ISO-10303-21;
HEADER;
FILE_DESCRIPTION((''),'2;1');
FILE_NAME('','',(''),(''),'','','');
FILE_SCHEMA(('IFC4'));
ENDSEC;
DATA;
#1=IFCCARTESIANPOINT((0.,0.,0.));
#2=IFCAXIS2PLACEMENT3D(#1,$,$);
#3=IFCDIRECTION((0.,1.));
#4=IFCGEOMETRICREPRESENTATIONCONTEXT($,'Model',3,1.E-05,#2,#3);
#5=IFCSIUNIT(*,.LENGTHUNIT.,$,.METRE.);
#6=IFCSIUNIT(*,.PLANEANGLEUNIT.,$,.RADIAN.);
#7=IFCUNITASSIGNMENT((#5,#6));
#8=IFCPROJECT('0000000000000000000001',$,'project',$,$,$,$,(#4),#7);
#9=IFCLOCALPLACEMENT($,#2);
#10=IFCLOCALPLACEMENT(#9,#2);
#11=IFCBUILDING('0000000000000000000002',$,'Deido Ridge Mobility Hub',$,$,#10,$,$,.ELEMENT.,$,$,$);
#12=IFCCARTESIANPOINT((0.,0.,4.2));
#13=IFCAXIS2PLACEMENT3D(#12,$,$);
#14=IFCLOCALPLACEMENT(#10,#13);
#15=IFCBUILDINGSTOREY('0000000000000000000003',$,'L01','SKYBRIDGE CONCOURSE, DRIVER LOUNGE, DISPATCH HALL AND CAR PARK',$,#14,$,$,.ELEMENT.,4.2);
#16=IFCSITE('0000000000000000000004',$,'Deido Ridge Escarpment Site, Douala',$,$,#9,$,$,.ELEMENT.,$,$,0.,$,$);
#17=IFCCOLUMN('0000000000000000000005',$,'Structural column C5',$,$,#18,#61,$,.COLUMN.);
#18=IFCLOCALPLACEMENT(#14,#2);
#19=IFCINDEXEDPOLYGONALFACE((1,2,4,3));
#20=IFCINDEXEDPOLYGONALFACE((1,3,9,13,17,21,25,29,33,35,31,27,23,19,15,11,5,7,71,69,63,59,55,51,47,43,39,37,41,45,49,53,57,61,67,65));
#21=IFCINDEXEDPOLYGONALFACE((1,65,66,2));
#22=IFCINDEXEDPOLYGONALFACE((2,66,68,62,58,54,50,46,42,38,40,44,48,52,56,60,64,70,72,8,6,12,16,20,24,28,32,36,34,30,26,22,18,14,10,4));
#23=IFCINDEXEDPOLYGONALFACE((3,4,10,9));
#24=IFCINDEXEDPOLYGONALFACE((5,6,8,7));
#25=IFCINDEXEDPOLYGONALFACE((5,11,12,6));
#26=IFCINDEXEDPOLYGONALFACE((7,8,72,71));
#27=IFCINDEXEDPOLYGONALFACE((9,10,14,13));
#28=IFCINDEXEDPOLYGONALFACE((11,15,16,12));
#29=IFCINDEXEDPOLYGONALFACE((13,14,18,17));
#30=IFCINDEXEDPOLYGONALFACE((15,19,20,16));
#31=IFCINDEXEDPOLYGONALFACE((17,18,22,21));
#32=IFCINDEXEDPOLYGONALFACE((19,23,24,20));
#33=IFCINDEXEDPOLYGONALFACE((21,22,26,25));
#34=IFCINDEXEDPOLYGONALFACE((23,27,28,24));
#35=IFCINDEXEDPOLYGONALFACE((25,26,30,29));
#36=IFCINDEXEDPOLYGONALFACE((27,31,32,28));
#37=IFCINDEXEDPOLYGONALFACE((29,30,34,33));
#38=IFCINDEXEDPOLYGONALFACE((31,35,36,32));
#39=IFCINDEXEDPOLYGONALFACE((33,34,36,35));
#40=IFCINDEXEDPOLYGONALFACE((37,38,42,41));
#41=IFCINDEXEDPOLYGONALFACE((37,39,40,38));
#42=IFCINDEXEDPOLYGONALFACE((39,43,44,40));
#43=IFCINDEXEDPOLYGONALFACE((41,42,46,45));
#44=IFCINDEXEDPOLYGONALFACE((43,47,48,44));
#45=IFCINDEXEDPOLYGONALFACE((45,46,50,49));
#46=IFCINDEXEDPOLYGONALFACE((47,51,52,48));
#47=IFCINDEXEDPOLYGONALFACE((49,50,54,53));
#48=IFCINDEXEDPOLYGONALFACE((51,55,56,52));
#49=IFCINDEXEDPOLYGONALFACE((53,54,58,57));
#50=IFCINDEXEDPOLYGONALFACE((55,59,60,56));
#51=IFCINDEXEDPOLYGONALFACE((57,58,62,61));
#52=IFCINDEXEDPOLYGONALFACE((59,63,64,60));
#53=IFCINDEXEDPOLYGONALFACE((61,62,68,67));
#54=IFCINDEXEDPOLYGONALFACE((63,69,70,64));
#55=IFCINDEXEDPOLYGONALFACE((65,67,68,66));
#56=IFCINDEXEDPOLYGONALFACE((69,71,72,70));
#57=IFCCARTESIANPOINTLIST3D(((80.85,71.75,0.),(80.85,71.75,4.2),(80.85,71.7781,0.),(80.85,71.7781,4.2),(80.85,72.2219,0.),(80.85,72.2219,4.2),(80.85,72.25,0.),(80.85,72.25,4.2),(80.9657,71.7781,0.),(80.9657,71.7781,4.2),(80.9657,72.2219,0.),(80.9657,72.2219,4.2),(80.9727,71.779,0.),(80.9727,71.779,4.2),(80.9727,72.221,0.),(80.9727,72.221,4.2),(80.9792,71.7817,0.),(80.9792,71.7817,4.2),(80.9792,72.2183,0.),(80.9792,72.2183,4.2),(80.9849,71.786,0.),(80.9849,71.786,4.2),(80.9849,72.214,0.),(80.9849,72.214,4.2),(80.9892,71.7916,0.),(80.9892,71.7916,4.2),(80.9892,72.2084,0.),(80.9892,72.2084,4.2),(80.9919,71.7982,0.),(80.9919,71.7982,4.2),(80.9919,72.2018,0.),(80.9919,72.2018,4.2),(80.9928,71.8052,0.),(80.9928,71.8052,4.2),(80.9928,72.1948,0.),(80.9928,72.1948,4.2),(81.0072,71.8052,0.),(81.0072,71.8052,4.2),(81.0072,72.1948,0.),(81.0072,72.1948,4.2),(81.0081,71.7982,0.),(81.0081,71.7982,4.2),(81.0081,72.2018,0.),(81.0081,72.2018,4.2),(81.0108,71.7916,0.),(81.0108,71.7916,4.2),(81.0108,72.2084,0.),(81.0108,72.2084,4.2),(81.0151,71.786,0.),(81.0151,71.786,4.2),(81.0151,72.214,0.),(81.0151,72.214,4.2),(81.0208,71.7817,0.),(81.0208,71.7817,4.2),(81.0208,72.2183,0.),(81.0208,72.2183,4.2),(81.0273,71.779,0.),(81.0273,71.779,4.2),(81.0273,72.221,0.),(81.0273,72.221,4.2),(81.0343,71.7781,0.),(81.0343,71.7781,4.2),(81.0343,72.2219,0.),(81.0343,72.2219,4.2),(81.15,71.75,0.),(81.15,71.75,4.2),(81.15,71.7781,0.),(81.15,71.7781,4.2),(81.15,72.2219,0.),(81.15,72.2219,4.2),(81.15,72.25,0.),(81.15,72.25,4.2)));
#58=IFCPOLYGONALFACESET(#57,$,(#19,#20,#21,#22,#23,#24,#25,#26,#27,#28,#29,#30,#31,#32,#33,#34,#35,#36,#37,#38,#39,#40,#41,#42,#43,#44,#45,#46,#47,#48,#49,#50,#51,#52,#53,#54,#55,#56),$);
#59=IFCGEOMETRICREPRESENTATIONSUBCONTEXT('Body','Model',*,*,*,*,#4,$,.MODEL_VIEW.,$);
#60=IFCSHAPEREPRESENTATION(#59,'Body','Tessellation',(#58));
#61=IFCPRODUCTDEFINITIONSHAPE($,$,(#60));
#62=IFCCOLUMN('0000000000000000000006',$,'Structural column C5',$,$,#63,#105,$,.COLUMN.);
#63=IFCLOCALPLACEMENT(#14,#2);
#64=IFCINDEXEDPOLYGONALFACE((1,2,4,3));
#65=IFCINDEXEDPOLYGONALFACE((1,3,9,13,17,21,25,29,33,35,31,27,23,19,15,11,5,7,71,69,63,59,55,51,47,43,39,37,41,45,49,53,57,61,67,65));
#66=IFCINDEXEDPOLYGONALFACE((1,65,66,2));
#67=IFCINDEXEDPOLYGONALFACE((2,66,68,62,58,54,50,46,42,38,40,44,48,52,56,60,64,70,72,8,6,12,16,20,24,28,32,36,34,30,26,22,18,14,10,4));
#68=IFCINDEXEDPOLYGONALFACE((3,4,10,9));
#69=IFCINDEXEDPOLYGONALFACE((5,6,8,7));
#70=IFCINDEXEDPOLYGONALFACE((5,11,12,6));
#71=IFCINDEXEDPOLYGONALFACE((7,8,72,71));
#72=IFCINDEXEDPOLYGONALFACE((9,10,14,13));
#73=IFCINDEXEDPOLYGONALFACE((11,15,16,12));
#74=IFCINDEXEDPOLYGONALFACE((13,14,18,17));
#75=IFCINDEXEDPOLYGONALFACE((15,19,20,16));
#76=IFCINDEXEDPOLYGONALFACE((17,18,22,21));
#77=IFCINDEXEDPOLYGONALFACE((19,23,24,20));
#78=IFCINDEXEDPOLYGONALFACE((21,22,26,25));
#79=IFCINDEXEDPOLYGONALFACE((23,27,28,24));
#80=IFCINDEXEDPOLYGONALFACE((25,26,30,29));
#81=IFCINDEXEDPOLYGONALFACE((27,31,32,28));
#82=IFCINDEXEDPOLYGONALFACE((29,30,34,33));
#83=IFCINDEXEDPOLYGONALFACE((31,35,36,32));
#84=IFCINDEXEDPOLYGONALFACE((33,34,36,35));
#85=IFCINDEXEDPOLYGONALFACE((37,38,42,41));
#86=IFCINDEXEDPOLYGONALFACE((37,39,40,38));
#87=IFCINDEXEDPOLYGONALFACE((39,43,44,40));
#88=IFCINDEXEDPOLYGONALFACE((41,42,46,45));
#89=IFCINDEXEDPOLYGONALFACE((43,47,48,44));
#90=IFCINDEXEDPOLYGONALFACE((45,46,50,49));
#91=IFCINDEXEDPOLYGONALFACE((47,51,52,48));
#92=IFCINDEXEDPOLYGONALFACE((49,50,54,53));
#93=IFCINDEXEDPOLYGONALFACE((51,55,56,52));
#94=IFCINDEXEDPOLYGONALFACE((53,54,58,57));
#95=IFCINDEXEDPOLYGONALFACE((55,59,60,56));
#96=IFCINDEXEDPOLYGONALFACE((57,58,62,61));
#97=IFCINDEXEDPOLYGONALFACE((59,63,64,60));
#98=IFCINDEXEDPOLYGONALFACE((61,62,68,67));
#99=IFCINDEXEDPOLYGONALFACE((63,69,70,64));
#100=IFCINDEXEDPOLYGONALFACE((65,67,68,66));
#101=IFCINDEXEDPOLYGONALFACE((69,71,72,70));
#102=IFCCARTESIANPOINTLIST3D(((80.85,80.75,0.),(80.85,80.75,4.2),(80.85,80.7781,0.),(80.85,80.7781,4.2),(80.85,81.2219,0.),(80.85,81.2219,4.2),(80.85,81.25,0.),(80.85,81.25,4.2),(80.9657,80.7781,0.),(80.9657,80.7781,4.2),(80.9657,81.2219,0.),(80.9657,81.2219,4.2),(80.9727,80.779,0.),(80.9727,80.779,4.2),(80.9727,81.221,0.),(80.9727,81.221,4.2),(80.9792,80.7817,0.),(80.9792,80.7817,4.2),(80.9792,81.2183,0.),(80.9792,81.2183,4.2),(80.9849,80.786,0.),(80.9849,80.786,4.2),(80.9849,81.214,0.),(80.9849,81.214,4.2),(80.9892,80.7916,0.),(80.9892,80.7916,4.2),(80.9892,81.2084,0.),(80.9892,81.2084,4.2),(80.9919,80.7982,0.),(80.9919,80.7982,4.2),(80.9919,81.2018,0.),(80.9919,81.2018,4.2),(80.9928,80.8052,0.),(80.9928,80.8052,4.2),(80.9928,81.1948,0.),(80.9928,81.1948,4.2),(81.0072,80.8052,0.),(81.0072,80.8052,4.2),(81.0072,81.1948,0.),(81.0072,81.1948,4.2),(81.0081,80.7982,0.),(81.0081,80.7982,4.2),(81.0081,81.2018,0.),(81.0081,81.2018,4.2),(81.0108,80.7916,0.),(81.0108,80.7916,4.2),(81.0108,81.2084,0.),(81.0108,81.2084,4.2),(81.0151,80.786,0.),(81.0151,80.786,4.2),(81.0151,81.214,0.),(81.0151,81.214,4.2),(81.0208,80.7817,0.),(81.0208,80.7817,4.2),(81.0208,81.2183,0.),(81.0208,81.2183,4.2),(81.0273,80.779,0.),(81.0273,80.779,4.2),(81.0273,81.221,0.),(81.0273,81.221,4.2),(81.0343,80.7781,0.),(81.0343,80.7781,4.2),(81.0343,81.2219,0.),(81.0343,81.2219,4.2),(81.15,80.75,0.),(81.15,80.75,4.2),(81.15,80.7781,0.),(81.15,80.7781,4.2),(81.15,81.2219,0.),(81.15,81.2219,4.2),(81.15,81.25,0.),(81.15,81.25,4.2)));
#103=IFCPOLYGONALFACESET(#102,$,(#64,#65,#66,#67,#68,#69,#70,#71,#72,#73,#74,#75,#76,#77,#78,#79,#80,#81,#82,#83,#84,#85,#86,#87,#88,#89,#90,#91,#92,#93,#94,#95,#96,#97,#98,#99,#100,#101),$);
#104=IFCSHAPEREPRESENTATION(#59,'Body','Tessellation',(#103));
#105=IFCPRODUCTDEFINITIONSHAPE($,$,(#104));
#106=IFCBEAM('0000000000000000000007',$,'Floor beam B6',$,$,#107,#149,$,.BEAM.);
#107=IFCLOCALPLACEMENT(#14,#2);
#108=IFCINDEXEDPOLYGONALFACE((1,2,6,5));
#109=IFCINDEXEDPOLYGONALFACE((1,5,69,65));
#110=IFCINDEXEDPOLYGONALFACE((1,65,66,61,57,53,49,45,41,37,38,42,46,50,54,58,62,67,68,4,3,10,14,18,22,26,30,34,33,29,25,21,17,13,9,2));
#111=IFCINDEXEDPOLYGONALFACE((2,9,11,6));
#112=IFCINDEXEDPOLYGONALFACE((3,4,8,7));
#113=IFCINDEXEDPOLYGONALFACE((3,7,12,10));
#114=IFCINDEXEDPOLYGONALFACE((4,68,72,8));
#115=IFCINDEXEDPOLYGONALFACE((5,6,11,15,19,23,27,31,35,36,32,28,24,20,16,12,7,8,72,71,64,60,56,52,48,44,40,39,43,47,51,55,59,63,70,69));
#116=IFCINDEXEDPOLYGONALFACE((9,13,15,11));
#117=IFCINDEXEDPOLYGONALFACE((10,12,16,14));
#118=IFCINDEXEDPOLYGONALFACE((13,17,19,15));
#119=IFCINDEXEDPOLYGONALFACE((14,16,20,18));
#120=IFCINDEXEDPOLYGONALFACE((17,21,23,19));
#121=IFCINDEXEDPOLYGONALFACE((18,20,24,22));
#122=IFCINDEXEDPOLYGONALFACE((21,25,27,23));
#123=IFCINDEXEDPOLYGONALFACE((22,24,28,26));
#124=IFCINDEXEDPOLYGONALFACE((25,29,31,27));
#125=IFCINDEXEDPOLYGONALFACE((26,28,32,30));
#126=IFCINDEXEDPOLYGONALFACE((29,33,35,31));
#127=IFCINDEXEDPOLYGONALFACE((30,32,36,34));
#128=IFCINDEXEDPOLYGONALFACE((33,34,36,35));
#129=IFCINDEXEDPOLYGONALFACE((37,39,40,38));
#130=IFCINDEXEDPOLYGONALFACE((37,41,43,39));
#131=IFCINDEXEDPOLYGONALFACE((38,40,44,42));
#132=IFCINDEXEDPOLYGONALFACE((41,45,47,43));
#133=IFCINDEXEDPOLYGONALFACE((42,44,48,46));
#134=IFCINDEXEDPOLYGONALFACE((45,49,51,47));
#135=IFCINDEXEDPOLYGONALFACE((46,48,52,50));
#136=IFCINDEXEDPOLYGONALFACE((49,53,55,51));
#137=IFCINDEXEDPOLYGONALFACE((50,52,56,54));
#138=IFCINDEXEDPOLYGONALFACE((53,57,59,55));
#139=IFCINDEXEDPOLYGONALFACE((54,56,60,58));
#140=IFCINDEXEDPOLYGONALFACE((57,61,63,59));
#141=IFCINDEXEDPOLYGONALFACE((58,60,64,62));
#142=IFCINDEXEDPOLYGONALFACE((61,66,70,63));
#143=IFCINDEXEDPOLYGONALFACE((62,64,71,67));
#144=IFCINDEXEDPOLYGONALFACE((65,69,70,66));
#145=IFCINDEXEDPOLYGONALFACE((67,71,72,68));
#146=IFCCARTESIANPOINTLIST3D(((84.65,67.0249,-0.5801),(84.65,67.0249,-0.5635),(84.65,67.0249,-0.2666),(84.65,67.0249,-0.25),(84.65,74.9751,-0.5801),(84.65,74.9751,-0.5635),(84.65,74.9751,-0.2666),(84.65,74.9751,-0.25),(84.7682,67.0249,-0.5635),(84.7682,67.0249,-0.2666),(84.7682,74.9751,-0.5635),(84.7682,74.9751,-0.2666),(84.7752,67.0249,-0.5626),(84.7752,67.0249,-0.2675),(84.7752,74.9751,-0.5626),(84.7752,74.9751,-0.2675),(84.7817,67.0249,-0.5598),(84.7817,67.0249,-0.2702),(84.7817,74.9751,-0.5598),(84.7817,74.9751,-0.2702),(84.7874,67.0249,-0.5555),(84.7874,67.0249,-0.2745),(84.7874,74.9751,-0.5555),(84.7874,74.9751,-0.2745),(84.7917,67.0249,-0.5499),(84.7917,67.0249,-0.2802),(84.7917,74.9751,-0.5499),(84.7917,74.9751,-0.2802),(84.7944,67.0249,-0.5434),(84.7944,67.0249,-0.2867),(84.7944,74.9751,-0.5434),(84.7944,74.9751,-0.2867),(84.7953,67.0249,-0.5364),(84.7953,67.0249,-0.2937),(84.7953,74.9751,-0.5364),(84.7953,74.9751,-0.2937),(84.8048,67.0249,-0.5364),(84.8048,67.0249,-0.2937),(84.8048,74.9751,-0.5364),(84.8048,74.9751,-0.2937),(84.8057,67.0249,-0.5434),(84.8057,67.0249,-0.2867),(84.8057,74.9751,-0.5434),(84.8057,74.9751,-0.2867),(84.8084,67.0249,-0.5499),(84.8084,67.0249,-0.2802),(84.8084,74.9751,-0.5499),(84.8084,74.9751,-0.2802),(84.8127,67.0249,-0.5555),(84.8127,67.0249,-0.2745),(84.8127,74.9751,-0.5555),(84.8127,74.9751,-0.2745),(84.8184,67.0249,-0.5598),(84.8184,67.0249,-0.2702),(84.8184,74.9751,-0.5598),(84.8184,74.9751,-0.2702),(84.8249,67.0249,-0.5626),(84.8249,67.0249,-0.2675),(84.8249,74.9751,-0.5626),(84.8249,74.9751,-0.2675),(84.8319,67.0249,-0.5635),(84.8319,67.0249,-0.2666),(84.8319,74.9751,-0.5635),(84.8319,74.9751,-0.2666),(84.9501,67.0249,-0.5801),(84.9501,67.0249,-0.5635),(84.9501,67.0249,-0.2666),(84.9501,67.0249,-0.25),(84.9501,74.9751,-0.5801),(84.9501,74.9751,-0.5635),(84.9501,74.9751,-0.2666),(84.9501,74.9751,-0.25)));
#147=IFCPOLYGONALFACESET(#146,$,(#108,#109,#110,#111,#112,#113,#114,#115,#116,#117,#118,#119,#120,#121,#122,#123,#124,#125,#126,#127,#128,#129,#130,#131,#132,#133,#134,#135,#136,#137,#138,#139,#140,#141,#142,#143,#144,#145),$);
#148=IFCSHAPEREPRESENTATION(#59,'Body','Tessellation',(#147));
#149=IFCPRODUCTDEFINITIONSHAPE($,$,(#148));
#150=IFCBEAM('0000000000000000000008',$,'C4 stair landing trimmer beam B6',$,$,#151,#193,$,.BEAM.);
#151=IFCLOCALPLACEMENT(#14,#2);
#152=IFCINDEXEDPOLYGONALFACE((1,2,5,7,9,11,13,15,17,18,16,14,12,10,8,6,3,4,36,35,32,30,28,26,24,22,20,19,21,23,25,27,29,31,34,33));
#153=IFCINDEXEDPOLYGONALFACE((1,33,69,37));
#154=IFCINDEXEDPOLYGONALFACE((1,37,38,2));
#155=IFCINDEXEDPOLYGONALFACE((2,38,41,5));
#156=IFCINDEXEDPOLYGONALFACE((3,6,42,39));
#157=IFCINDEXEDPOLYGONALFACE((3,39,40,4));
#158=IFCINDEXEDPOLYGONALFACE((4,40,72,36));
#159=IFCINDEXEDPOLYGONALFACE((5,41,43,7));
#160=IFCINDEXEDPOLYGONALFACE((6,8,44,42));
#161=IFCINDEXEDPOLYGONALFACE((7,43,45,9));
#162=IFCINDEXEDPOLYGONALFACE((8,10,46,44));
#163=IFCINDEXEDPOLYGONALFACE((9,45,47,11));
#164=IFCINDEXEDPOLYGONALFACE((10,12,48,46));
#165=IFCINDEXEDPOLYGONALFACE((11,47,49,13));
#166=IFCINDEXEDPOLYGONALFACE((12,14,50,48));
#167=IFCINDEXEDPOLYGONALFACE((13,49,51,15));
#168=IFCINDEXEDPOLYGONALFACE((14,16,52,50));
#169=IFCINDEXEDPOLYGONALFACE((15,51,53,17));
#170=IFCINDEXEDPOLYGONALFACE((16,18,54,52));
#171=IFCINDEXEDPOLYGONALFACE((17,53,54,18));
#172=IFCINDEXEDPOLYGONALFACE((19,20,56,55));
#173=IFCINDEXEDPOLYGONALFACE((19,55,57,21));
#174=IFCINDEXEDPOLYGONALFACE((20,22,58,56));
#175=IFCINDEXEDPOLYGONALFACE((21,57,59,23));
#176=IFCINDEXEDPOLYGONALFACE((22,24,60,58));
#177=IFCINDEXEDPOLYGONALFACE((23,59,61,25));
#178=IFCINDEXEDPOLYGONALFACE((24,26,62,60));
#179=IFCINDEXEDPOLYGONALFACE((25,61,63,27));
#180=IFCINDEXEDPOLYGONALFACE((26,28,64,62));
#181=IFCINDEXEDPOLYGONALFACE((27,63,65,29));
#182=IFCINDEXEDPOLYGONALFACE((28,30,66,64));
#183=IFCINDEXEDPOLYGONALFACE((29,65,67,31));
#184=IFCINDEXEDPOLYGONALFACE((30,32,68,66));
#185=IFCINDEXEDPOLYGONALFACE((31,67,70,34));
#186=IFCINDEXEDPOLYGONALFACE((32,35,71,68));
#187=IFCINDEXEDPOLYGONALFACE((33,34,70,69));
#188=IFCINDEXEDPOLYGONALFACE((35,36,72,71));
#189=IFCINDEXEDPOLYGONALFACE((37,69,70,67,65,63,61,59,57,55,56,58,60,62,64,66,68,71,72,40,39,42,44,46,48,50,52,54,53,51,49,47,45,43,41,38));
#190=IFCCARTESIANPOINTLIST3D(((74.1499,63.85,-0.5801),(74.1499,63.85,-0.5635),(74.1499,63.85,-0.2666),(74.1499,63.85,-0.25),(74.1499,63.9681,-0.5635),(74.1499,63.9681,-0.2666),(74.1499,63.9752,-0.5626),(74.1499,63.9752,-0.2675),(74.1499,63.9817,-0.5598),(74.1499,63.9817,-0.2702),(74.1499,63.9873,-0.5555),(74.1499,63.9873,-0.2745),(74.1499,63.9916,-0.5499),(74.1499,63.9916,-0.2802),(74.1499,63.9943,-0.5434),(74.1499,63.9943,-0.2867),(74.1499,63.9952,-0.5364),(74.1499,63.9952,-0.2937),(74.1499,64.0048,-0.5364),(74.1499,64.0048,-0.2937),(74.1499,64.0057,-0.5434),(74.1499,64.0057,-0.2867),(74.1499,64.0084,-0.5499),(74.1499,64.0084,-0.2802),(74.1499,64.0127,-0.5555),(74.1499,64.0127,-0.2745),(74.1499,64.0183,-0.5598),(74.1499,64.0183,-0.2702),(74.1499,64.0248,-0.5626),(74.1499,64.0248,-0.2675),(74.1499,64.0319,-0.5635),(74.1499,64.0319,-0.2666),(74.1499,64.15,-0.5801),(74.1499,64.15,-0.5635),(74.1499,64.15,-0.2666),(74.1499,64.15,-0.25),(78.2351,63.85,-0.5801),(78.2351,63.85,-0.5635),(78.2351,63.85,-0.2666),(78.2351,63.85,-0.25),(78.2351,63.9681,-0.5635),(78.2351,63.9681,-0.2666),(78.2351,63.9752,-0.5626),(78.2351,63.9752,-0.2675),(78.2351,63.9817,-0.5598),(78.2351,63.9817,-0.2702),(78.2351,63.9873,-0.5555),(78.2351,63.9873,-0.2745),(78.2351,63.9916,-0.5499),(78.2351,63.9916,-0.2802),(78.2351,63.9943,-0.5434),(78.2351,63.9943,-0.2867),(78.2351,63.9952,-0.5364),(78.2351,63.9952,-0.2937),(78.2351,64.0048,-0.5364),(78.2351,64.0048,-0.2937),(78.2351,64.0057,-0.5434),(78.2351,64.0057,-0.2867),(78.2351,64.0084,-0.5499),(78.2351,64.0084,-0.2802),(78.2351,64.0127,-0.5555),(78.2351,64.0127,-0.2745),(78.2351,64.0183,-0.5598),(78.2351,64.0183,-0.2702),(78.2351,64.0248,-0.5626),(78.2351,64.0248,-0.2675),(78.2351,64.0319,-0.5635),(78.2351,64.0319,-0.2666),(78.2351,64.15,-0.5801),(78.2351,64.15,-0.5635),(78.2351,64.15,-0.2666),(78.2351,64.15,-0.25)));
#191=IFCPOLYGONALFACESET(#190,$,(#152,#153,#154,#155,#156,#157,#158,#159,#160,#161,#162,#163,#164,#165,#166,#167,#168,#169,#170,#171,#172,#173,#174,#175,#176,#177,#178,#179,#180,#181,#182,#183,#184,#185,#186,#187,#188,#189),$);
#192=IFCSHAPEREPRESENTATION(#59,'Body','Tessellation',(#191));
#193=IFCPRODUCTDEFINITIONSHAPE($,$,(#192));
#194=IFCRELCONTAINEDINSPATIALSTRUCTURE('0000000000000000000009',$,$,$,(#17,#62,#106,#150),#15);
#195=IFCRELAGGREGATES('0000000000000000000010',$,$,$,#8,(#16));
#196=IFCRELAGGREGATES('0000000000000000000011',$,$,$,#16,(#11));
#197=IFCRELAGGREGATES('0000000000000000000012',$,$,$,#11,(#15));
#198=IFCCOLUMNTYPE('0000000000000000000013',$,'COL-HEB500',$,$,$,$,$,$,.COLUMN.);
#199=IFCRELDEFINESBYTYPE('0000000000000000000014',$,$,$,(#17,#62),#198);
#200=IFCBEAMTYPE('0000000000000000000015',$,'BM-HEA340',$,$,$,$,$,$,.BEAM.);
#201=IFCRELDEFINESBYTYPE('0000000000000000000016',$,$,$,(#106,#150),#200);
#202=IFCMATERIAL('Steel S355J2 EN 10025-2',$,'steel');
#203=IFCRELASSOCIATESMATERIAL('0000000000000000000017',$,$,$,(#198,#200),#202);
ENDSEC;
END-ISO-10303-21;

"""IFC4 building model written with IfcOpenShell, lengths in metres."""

from ifc_helpers import new_model, si_unit, direction, frame, origin, origin_2d, place, context, subcontext, project, spatial, i_section, extrude, material, material_profile, profile_set, type_object, element, save


model = new_model("IFC4")

# Units and contexts
model_context = context("Model", 3, precision=1e-05, world=origin(), true_north=direction((0.0, 1.0)))
body_context = subcontext(model_context, "Body", "Model", "MODEL_VIEW")
ifc_project = project(units=[si_unit("LENGTHUNIT", "METRE"), si_unit("PLANEANGLEUNIT", "RADIAN")], contexts=[model_context])

# Site, building, storey
site_placement = place(None, origin())
site = spatial("IfcSite", under=ifc_project, at=site_placement, Name="Deido Ridge Escarpment Site, Douala", CompositionType="ELEMENT", RefElevation=0.0)
building_placement = place(site_placement, origin())
building = spatial("IfcBuilding", under=site, at=building_placement, Name="Deido Ridge Mobility Hub", CompositionType="ELEMENT")
storey_placement = place(building_placement, frame((0.0, 0.0, 4.2)))
storey = spatial("IfcBuildingStorey", under=building, at=storey_placement, Name="L01", Description="SKYBRIDGE CONCOURSE, DRIVER LOUNGE, DISPATCH HALL AND CAR PARK", CompositionType="ELEMENT", Elevation=4.2)

# Columns
ifc_material_1 = material(Name="Steel S355J2 EN 10025-2", Category="steel")
ifc_material_profile_1 = material_profile(ifc_material_1, i_section(OverallWidth=0.3, OverallDepth=0.5, WebThickness=0.0144, FlangeThickness=0.0281, FilletRadius=0.0271, at=origin_2d()), Name="HEB 500")
ifc_profile_set_1 = profile_set([ifc_material_profile_1], Name="Steel S355J2 EN 10025-2")
column_type_1 = type_object("IfcColumnType", Name="COL-HEB500", PredefinedType="COLUMN", material=ifc_profile_set_1)
for number, where, z_axis, x_axis, name in (
    (1, (81.0, 72.0, 0.0), (0.0, 0.0, 1.0), (1.0, 0.0, 0.0), "Structural column C5"),
    (2, (81.0, 81.0, 0.0), (0.0, 0.0, 1.0), (1.0, 0.0, 0.0), "Structural column C5"),
):
    element("IfcColumn", number, at=place(storey_placement, frame(where, z_axis=z_axis, x_axis=x_axis)), inside=storey, type_object=column_type_1, Name=name, PredefinedType="COLUMN", context=body_context, shape_type="SweptSolid", body=[
        extrude(i_section(OverallWidth=0.3, OverallDepth=0.5, WebThickness=0.0144, FlangeThickness=0.0281, FilletRadius=0.0271, at=origin_2d()), origin(), (0.0, 0.0, 1.0), 4.2),
    ])

# Beams
ifc_material_profile_2 = material_profile(ifc_material_1, i_section(OverallWidth=0.3, OverallDepth=0.3301, WebThickness=0.0095, FlangeThickness=0.0166, FilletRadius=0.0271, at=origin_2d()), Name="HEA 340")
ifc_profile_set_2 = profile_set([ifc_material_profile_2], Name="Steel S355J2 EN 10025-2")
beam_type_1 = type_object("IfcBeamType", Name="BM-HEA340", PredefinedType="BEAM", material=ifc_profile_set_2)
beam_1_placement = place(storey_placement, frame((84.8, 67.0249, -0.415), z_axis=(0.0, 1.0, 0.0), x_axis=(-1.0, 0.0, 0.0)))
element("IfcBeam", 3, at=beam_1_placement, inside=storey, type_object=beam_type_1, Name="Floor beam B6", PredefinedType="BEAM", context=body_context, shape_type="SweptSolid", body=[
    extrude(i_section(OverallWidth=0.3, OverallDepth=0.3301, WebThickness=0.0095, FlangeThickness=0.0166, FilletRadius=0.0271, at=origin_2d()), origin(), (0.0, 0.0, 1.0), 7.9502),
])
beam_2_placement = place(storey_placement, frame((74.1499, 64.0, -0.415), z_axis=(1.0, 0.0, 0.0), x_axis=(0.0, 1.0, 0.0)))
element("IfcBeam", 4, at=beam_2_placement, inside=storey, type_object=beam_type_1, Name="C4 stair landing trimmer beam B6", PredefinedType="BEAM", context=body_context, shape_type="SweptSolid", body=[
    extrude(i_section(OverallWidth=0.3, OverallDepth=0.3301, WebThickness=0.0095, FlangeThickness=0.0166, FilletRadius=0.0271, at=origin_2d()), origin(), (0.0, 0.0, 1.0), 4.0852),
])

save(model, "model.ifc")
